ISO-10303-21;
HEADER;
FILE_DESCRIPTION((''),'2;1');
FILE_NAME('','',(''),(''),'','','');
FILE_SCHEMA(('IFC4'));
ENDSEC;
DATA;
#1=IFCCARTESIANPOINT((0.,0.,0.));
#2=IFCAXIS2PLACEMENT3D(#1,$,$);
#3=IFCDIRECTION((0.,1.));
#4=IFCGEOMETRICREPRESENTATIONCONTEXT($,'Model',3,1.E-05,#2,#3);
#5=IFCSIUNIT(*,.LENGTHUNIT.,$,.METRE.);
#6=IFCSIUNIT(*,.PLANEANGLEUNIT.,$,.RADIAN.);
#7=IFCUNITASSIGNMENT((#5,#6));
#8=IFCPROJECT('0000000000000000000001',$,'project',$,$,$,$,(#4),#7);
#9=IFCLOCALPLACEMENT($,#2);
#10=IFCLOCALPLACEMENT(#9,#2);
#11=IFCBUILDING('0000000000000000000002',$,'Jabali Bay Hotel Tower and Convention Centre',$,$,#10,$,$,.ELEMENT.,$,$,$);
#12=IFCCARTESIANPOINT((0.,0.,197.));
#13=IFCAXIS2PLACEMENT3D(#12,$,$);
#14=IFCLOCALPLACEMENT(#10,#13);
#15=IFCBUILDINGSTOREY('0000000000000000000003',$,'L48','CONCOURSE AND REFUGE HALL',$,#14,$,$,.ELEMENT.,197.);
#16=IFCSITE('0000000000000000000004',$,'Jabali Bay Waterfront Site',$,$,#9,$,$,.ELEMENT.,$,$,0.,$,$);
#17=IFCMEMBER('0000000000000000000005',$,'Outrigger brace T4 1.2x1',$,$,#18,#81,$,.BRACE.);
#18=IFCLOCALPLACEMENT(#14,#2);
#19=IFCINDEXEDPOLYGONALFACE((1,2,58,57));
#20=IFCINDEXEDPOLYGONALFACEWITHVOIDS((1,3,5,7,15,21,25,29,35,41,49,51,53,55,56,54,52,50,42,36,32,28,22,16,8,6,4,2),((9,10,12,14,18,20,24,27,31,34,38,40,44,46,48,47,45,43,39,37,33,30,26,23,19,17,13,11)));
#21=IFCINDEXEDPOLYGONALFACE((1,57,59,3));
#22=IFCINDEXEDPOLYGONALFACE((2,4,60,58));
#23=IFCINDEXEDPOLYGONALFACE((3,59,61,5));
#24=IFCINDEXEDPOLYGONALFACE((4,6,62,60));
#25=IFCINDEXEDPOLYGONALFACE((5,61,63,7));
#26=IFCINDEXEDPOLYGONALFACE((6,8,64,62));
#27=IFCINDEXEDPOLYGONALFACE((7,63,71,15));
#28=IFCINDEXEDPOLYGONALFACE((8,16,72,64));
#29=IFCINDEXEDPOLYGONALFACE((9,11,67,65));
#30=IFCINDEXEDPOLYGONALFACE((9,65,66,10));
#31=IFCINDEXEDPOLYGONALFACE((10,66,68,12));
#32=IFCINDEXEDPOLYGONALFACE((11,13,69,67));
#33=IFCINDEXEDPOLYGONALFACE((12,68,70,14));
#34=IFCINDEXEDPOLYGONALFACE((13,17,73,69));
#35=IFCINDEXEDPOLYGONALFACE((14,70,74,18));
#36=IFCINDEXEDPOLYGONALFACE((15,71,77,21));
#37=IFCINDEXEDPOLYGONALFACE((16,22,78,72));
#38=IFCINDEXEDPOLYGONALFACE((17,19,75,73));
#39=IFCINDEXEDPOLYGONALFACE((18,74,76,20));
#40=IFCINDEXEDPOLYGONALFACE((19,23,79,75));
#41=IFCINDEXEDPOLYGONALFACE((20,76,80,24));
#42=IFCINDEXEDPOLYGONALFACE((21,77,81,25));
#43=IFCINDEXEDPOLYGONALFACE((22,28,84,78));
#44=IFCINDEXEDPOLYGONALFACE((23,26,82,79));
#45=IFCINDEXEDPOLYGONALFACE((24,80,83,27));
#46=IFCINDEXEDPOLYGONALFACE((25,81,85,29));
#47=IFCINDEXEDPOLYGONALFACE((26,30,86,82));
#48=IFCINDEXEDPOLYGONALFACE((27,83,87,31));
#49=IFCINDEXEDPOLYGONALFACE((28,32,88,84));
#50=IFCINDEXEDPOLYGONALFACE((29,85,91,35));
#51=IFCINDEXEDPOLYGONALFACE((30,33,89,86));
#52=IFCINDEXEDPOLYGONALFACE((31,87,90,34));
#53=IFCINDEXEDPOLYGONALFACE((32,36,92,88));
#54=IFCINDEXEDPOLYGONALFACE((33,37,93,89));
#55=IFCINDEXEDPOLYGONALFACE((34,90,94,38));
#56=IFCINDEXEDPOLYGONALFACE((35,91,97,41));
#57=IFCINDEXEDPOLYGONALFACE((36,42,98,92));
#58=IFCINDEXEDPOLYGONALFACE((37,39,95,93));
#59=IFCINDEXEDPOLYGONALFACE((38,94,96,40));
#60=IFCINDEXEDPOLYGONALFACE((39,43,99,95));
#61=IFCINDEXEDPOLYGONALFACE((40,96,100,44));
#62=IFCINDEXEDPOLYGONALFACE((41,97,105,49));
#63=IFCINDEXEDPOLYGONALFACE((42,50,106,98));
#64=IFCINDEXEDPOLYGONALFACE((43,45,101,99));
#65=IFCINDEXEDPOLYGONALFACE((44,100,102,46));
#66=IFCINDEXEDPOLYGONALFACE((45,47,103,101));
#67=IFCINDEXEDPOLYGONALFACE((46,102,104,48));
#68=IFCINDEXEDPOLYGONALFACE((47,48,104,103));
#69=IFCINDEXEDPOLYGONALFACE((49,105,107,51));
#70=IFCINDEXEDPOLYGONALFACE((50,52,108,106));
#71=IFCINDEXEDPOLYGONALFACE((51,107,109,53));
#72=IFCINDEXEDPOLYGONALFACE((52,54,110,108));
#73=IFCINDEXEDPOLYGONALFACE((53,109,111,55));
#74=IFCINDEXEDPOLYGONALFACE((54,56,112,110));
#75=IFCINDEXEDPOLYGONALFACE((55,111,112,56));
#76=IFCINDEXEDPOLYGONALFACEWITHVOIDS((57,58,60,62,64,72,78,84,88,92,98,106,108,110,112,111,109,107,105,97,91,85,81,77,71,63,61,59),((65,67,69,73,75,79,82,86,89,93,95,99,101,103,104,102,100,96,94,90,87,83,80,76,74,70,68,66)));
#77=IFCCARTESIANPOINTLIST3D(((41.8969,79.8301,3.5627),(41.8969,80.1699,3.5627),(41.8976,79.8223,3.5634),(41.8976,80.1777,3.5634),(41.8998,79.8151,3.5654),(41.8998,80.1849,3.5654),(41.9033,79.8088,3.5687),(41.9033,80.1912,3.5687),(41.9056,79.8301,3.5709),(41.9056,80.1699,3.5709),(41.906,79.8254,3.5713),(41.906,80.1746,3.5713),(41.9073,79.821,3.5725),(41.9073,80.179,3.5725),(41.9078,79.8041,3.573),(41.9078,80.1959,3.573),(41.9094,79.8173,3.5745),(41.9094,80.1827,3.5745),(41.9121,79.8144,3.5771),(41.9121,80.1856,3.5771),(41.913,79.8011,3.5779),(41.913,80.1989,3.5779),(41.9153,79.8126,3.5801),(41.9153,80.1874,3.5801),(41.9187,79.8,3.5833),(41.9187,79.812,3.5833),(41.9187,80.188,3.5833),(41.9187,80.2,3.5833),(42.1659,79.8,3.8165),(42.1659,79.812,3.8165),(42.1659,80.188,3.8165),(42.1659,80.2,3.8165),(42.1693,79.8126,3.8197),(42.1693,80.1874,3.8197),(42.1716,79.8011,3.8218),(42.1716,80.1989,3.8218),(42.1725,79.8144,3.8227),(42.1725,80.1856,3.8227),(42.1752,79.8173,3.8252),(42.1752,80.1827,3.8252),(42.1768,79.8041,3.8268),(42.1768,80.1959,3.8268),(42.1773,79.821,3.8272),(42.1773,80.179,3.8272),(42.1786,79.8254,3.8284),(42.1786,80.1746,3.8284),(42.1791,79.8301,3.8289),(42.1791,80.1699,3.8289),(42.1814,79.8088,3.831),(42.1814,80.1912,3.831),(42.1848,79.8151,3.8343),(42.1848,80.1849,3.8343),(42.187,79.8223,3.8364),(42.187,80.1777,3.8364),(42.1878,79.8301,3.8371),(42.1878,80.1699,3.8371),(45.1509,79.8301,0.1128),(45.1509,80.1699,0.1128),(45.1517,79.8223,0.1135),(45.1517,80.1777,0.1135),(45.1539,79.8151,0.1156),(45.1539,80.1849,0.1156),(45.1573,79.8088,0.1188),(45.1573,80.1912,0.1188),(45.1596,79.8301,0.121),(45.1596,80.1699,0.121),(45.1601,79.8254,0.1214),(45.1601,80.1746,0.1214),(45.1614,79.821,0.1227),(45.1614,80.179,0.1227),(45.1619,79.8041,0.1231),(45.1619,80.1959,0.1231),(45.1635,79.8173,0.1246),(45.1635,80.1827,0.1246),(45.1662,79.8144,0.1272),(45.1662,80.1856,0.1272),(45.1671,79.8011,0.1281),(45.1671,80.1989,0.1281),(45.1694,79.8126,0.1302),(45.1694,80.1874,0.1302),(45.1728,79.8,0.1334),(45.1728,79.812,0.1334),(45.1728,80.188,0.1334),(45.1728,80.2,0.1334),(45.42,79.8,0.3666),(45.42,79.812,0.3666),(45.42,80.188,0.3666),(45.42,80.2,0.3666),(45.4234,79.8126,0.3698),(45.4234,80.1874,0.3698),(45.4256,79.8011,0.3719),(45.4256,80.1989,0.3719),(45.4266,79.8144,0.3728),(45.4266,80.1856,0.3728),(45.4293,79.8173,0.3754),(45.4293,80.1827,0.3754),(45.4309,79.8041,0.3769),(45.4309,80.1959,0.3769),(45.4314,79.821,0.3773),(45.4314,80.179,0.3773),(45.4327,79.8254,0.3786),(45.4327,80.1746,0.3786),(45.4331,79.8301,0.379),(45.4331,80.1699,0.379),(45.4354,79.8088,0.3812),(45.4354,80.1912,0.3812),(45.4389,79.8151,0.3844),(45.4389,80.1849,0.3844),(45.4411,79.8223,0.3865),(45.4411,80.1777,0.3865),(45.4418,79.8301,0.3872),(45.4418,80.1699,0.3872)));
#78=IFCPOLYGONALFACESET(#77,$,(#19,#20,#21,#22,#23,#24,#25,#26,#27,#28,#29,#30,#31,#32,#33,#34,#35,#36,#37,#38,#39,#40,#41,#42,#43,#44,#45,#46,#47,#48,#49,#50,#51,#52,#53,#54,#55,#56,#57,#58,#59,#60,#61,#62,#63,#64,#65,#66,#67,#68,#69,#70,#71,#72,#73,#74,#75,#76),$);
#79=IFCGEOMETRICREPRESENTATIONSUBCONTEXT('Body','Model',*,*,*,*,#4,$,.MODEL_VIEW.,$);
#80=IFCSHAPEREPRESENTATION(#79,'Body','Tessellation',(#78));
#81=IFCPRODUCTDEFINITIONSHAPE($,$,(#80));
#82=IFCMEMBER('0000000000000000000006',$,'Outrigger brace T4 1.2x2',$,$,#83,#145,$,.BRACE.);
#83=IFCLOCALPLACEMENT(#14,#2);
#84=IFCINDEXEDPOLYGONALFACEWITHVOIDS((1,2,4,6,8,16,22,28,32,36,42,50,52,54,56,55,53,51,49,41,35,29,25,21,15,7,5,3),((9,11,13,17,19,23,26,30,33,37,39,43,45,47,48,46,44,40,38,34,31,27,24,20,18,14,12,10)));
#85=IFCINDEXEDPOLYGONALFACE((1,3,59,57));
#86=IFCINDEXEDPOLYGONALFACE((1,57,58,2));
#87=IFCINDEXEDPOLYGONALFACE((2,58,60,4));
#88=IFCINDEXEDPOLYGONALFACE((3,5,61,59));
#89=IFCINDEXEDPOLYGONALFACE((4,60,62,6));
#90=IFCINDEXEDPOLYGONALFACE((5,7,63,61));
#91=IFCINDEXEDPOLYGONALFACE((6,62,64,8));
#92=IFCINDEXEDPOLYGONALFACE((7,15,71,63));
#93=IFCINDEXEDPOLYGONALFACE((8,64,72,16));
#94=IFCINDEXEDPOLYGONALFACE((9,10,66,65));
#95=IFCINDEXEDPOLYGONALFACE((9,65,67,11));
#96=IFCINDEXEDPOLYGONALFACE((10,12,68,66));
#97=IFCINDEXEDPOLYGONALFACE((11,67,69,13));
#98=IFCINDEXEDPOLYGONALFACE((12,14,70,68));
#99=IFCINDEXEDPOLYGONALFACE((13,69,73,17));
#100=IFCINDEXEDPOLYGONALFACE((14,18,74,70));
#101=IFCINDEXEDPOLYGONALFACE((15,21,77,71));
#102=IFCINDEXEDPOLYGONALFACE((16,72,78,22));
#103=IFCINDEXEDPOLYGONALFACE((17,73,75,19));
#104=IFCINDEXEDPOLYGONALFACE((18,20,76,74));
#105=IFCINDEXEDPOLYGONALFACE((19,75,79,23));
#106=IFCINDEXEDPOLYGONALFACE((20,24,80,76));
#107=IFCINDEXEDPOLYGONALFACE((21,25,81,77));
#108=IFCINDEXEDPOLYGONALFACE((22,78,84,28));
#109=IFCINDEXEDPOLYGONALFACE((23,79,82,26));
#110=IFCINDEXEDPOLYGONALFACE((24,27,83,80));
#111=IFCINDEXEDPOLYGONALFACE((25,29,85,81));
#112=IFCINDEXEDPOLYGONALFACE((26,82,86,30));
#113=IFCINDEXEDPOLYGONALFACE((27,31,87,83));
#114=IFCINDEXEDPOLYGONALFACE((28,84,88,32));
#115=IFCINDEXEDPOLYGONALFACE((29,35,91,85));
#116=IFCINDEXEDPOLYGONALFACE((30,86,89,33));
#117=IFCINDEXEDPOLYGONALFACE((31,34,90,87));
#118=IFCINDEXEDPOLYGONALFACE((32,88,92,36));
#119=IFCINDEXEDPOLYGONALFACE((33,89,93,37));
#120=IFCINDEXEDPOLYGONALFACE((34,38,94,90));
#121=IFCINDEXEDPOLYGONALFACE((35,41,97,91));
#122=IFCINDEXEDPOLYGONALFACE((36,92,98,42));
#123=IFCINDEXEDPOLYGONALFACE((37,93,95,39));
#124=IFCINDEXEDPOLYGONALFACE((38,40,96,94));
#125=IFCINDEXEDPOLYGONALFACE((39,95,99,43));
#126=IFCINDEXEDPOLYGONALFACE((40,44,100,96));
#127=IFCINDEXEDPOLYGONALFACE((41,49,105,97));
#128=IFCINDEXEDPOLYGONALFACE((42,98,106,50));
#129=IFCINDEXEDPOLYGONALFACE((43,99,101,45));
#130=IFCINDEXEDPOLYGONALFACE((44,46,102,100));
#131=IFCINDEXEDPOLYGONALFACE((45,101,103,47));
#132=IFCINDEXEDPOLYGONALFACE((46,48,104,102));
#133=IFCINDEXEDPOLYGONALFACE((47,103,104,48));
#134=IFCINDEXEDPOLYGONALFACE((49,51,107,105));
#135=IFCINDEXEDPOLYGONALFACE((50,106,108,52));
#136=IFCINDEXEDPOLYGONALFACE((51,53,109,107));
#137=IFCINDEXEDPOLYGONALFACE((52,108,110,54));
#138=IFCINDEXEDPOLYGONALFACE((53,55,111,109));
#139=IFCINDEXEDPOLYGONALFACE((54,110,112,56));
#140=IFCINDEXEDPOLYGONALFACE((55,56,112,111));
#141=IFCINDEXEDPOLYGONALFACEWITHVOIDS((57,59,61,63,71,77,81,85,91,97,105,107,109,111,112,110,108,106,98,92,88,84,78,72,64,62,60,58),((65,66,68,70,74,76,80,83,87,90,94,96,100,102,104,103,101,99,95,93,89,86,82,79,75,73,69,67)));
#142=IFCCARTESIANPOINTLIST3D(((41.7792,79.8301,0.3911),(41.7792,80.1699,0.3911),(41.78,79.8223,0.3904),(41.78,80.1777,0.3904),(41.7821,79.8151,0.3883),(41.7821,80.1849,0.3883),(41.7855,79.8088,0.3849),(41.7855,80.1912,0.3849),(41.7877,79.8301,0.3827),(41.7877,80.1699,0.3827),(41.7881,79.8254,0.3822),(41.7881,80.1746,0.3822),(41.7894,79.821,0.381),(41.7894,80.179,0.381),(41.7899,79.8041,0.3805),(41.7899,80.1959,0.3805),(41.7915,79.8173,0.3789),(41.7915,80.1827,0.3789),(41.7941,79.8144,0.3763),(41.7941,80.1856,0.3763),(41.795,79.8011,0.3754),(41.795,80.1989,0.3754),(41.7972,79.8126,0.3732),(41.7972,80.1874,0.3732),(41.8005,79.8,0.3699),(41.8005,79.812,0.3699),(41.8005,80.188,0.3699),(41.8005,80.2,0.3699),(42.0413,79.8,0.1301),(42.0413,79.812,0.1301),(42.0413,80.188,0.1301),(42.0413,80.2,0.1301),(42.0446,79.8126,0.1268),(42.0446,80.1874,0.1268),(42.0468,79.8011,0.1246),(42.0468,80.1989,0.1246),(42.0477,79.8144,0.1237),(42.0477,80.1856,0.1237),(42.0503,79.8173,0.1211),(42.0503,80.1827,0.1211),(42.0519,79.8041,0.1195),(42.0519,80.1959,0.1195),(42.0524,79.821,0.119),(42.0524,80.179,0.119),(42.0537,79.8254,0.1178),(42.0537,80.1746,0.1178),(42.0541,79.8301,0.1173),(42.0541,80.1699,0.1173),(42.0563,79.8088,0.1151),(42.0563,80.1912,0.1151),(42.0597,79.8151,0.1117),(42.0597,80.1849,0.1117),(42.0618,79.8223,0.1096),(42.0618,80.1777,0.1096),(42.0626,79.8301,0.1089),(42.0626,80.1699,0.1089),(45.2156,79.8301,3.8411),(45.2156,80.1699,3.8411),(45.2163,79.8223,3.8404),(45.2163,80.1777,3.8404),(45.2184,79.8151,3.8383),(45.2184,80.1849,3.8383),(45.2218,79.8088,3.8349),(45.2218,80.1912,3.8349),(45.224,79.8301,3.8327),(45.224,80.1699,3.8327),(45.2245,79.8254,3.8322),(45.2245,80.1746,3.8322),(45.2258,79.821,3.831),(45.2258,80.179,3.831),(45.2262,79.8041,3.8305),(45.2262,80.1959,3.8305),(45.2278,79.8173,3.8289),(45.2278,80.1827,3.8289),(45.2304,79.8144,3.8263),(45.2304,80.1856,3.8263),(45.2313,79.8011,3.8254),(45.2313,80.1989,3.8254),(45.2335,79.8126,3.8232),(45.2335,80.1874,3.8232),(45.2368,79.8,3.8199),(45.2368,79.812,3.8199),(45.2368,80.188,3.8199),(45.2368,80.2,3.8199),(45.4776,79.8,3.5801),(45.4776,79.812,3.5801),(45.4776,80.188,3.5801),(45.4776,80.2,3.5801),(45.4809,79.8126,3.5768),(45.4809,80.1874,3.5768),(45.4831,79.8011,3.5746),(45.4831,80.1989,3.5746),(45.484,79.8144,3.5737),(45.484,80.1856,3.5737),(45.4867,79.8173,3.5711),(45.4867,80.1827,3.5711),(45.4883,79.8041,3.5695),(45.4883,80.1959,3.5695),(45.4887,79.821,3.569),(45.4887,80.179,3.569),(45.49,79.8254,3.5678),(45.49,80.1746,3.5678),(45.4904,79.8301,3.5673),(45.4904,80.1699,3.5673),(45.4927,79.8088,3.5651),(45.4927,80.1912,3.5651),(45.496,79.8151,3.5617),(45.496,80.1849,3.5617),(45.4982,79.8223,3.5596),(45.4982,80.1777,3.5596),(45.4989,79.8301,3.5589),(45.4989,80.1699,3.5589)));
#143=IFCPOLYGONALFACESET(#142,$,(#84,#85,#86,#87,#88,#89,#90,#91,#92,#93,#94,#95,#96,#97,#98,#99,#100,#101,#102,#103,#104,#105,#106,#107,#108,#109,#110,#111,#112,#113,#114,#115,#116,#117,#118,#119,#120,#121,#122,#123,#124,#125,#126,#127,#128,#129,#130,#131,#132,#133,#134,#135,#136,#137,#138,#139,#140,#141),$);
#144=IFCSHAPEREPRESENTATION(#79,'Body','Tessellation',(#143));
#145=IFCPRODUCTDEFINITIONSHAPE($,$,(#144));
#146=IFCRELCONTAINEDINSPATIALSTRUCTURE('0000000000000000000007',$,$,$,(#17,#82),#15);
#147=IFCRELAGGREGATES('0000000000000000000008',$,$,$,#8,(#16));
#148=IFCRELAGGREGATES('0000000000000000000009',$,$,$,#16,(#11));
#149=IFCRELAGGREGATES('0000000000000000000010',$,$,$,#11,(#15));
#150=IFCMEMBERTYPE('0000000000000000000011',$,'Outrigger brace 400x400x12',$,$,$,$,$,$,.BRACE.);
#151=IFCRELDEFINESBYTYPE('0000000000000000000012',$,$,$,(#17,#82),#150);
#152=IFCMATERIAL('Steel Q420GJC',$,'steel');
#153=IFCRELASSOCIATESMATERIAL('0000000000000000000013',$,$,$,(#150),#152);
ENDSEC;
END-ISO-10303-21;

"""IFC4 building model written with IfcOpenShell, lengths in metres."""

from ifc_helpers import new_model, si_unit, direction, frame, origin, origin_2d, place, context, subcontext, project, spatial, hollow_rectangle, extrude, material, material_profile, profile_set, type_object, element, save


model = new_model("IFC4")

# Units and contexts
model_context = context("Model", 3, precision=1e-05, world=origin(), true_north=direction((0.0, 1.0)))
body_context = subcontext(model_context, "Body", "Model", "MODEL_VIEW")
ifc_project = project(units=[si_unit("LENGTHUNIT", "METRE"), si_unit("PLANEANGLEUNIT", "RADIAN")], contexts=[model_context])

# Site, building, storey
site_placement = place(None, origin())
site = spatial("IfcSite", under=ifc_project, at=site_placement, Name="Jabali Bay Waterfront Site", CompositionType="ELEMENT", RefElevation=0.0)
building_placement = place(site_placement, origin())
building = spatial("IfcBuilding", under=site, at=building_placement, Name="Jabali Bay Hotel Tower and Convention Centre", CompositionType="ELEMENT")
storey_placement = place(building_placement, frame((0.0, 0.0, 197.0)))
storey = spatial("IfcBuildingStorey", under=building, at=storey_placement, Name="L48", Description="CONCOURSE AND REFUGE HALL", CompositionType="ELEMENT", Elevation=197.0)

# Members
ifc_material_1 = material(Name="Steel Q420GJC", Category="steel")
ifc_material_profile_1 = material_profile(ifc_material_1, hollow_rectangle(XDim=0.3999, YDim=0.3999, WallThickness=0.012, InnerFilletRadius=0.0181, OuterFilletRadius=0.03, at=origin_2d()), Name="Outrigger brace 400x400x12")
ifc_profile_set_1 = profile_set([ifc_material_profile_1], Name="Steel Q420GJC")
member_type_1 = type_object("IfcMemberType", Name="Outrigger brace 400x400x12", PredefinedType="BRACE", material=ifc_profile_set_1)
member_1_placement = place(storey_placement, frame((45.2964, 80.0, 0.25), z_axis=(-0.686162, 0.0, 0.727448), x_axis=(0.0, -1.0, 0.0)))
element("IfcMember", 1, at=member_1_placement, inside=storey, type_object=member_type_1, Name="Outrigger brace T4 1.2x1", PredefinedType="BRACE", context=body_context, shape_type="SweptSolid", body=[
    extrude(hollow_rectangle(XDim=0.3999, YDim=0.3999, WallThickness=0.012, InnerFilletRadius=0.0181, OuterFilletRadius=0.03, at=origin_2d()), origin(), (0.0, 0.0, 1.0), 4.7424),
])
member_2_placement = place(storey_placement, frame((41.9209, 80.0, 0.25), z_axis=(0.705702, 0.0, 0.708509), x_axis=(0.0, 1.0, 0.0)))
element("IfcMember", 2, at=member_2_placement, inside=storey, type_object=member_type_1, Name="Outrigger brace T4 1.2x2", PredefinedType="BRACE", context=body_context, shape_type="SweptSolid", body=[
    extrude(hollow_rectangle(XDim=0.3999, YDim=0.3999, WallThickness=0.012, InnerFilletRadius=0.0181, OuterFilletRadius=0.03, at=origin_2d()), origin(), (0.0, 0.0, 1.0), 4.8694),
])

save(model, "model.ifc")
